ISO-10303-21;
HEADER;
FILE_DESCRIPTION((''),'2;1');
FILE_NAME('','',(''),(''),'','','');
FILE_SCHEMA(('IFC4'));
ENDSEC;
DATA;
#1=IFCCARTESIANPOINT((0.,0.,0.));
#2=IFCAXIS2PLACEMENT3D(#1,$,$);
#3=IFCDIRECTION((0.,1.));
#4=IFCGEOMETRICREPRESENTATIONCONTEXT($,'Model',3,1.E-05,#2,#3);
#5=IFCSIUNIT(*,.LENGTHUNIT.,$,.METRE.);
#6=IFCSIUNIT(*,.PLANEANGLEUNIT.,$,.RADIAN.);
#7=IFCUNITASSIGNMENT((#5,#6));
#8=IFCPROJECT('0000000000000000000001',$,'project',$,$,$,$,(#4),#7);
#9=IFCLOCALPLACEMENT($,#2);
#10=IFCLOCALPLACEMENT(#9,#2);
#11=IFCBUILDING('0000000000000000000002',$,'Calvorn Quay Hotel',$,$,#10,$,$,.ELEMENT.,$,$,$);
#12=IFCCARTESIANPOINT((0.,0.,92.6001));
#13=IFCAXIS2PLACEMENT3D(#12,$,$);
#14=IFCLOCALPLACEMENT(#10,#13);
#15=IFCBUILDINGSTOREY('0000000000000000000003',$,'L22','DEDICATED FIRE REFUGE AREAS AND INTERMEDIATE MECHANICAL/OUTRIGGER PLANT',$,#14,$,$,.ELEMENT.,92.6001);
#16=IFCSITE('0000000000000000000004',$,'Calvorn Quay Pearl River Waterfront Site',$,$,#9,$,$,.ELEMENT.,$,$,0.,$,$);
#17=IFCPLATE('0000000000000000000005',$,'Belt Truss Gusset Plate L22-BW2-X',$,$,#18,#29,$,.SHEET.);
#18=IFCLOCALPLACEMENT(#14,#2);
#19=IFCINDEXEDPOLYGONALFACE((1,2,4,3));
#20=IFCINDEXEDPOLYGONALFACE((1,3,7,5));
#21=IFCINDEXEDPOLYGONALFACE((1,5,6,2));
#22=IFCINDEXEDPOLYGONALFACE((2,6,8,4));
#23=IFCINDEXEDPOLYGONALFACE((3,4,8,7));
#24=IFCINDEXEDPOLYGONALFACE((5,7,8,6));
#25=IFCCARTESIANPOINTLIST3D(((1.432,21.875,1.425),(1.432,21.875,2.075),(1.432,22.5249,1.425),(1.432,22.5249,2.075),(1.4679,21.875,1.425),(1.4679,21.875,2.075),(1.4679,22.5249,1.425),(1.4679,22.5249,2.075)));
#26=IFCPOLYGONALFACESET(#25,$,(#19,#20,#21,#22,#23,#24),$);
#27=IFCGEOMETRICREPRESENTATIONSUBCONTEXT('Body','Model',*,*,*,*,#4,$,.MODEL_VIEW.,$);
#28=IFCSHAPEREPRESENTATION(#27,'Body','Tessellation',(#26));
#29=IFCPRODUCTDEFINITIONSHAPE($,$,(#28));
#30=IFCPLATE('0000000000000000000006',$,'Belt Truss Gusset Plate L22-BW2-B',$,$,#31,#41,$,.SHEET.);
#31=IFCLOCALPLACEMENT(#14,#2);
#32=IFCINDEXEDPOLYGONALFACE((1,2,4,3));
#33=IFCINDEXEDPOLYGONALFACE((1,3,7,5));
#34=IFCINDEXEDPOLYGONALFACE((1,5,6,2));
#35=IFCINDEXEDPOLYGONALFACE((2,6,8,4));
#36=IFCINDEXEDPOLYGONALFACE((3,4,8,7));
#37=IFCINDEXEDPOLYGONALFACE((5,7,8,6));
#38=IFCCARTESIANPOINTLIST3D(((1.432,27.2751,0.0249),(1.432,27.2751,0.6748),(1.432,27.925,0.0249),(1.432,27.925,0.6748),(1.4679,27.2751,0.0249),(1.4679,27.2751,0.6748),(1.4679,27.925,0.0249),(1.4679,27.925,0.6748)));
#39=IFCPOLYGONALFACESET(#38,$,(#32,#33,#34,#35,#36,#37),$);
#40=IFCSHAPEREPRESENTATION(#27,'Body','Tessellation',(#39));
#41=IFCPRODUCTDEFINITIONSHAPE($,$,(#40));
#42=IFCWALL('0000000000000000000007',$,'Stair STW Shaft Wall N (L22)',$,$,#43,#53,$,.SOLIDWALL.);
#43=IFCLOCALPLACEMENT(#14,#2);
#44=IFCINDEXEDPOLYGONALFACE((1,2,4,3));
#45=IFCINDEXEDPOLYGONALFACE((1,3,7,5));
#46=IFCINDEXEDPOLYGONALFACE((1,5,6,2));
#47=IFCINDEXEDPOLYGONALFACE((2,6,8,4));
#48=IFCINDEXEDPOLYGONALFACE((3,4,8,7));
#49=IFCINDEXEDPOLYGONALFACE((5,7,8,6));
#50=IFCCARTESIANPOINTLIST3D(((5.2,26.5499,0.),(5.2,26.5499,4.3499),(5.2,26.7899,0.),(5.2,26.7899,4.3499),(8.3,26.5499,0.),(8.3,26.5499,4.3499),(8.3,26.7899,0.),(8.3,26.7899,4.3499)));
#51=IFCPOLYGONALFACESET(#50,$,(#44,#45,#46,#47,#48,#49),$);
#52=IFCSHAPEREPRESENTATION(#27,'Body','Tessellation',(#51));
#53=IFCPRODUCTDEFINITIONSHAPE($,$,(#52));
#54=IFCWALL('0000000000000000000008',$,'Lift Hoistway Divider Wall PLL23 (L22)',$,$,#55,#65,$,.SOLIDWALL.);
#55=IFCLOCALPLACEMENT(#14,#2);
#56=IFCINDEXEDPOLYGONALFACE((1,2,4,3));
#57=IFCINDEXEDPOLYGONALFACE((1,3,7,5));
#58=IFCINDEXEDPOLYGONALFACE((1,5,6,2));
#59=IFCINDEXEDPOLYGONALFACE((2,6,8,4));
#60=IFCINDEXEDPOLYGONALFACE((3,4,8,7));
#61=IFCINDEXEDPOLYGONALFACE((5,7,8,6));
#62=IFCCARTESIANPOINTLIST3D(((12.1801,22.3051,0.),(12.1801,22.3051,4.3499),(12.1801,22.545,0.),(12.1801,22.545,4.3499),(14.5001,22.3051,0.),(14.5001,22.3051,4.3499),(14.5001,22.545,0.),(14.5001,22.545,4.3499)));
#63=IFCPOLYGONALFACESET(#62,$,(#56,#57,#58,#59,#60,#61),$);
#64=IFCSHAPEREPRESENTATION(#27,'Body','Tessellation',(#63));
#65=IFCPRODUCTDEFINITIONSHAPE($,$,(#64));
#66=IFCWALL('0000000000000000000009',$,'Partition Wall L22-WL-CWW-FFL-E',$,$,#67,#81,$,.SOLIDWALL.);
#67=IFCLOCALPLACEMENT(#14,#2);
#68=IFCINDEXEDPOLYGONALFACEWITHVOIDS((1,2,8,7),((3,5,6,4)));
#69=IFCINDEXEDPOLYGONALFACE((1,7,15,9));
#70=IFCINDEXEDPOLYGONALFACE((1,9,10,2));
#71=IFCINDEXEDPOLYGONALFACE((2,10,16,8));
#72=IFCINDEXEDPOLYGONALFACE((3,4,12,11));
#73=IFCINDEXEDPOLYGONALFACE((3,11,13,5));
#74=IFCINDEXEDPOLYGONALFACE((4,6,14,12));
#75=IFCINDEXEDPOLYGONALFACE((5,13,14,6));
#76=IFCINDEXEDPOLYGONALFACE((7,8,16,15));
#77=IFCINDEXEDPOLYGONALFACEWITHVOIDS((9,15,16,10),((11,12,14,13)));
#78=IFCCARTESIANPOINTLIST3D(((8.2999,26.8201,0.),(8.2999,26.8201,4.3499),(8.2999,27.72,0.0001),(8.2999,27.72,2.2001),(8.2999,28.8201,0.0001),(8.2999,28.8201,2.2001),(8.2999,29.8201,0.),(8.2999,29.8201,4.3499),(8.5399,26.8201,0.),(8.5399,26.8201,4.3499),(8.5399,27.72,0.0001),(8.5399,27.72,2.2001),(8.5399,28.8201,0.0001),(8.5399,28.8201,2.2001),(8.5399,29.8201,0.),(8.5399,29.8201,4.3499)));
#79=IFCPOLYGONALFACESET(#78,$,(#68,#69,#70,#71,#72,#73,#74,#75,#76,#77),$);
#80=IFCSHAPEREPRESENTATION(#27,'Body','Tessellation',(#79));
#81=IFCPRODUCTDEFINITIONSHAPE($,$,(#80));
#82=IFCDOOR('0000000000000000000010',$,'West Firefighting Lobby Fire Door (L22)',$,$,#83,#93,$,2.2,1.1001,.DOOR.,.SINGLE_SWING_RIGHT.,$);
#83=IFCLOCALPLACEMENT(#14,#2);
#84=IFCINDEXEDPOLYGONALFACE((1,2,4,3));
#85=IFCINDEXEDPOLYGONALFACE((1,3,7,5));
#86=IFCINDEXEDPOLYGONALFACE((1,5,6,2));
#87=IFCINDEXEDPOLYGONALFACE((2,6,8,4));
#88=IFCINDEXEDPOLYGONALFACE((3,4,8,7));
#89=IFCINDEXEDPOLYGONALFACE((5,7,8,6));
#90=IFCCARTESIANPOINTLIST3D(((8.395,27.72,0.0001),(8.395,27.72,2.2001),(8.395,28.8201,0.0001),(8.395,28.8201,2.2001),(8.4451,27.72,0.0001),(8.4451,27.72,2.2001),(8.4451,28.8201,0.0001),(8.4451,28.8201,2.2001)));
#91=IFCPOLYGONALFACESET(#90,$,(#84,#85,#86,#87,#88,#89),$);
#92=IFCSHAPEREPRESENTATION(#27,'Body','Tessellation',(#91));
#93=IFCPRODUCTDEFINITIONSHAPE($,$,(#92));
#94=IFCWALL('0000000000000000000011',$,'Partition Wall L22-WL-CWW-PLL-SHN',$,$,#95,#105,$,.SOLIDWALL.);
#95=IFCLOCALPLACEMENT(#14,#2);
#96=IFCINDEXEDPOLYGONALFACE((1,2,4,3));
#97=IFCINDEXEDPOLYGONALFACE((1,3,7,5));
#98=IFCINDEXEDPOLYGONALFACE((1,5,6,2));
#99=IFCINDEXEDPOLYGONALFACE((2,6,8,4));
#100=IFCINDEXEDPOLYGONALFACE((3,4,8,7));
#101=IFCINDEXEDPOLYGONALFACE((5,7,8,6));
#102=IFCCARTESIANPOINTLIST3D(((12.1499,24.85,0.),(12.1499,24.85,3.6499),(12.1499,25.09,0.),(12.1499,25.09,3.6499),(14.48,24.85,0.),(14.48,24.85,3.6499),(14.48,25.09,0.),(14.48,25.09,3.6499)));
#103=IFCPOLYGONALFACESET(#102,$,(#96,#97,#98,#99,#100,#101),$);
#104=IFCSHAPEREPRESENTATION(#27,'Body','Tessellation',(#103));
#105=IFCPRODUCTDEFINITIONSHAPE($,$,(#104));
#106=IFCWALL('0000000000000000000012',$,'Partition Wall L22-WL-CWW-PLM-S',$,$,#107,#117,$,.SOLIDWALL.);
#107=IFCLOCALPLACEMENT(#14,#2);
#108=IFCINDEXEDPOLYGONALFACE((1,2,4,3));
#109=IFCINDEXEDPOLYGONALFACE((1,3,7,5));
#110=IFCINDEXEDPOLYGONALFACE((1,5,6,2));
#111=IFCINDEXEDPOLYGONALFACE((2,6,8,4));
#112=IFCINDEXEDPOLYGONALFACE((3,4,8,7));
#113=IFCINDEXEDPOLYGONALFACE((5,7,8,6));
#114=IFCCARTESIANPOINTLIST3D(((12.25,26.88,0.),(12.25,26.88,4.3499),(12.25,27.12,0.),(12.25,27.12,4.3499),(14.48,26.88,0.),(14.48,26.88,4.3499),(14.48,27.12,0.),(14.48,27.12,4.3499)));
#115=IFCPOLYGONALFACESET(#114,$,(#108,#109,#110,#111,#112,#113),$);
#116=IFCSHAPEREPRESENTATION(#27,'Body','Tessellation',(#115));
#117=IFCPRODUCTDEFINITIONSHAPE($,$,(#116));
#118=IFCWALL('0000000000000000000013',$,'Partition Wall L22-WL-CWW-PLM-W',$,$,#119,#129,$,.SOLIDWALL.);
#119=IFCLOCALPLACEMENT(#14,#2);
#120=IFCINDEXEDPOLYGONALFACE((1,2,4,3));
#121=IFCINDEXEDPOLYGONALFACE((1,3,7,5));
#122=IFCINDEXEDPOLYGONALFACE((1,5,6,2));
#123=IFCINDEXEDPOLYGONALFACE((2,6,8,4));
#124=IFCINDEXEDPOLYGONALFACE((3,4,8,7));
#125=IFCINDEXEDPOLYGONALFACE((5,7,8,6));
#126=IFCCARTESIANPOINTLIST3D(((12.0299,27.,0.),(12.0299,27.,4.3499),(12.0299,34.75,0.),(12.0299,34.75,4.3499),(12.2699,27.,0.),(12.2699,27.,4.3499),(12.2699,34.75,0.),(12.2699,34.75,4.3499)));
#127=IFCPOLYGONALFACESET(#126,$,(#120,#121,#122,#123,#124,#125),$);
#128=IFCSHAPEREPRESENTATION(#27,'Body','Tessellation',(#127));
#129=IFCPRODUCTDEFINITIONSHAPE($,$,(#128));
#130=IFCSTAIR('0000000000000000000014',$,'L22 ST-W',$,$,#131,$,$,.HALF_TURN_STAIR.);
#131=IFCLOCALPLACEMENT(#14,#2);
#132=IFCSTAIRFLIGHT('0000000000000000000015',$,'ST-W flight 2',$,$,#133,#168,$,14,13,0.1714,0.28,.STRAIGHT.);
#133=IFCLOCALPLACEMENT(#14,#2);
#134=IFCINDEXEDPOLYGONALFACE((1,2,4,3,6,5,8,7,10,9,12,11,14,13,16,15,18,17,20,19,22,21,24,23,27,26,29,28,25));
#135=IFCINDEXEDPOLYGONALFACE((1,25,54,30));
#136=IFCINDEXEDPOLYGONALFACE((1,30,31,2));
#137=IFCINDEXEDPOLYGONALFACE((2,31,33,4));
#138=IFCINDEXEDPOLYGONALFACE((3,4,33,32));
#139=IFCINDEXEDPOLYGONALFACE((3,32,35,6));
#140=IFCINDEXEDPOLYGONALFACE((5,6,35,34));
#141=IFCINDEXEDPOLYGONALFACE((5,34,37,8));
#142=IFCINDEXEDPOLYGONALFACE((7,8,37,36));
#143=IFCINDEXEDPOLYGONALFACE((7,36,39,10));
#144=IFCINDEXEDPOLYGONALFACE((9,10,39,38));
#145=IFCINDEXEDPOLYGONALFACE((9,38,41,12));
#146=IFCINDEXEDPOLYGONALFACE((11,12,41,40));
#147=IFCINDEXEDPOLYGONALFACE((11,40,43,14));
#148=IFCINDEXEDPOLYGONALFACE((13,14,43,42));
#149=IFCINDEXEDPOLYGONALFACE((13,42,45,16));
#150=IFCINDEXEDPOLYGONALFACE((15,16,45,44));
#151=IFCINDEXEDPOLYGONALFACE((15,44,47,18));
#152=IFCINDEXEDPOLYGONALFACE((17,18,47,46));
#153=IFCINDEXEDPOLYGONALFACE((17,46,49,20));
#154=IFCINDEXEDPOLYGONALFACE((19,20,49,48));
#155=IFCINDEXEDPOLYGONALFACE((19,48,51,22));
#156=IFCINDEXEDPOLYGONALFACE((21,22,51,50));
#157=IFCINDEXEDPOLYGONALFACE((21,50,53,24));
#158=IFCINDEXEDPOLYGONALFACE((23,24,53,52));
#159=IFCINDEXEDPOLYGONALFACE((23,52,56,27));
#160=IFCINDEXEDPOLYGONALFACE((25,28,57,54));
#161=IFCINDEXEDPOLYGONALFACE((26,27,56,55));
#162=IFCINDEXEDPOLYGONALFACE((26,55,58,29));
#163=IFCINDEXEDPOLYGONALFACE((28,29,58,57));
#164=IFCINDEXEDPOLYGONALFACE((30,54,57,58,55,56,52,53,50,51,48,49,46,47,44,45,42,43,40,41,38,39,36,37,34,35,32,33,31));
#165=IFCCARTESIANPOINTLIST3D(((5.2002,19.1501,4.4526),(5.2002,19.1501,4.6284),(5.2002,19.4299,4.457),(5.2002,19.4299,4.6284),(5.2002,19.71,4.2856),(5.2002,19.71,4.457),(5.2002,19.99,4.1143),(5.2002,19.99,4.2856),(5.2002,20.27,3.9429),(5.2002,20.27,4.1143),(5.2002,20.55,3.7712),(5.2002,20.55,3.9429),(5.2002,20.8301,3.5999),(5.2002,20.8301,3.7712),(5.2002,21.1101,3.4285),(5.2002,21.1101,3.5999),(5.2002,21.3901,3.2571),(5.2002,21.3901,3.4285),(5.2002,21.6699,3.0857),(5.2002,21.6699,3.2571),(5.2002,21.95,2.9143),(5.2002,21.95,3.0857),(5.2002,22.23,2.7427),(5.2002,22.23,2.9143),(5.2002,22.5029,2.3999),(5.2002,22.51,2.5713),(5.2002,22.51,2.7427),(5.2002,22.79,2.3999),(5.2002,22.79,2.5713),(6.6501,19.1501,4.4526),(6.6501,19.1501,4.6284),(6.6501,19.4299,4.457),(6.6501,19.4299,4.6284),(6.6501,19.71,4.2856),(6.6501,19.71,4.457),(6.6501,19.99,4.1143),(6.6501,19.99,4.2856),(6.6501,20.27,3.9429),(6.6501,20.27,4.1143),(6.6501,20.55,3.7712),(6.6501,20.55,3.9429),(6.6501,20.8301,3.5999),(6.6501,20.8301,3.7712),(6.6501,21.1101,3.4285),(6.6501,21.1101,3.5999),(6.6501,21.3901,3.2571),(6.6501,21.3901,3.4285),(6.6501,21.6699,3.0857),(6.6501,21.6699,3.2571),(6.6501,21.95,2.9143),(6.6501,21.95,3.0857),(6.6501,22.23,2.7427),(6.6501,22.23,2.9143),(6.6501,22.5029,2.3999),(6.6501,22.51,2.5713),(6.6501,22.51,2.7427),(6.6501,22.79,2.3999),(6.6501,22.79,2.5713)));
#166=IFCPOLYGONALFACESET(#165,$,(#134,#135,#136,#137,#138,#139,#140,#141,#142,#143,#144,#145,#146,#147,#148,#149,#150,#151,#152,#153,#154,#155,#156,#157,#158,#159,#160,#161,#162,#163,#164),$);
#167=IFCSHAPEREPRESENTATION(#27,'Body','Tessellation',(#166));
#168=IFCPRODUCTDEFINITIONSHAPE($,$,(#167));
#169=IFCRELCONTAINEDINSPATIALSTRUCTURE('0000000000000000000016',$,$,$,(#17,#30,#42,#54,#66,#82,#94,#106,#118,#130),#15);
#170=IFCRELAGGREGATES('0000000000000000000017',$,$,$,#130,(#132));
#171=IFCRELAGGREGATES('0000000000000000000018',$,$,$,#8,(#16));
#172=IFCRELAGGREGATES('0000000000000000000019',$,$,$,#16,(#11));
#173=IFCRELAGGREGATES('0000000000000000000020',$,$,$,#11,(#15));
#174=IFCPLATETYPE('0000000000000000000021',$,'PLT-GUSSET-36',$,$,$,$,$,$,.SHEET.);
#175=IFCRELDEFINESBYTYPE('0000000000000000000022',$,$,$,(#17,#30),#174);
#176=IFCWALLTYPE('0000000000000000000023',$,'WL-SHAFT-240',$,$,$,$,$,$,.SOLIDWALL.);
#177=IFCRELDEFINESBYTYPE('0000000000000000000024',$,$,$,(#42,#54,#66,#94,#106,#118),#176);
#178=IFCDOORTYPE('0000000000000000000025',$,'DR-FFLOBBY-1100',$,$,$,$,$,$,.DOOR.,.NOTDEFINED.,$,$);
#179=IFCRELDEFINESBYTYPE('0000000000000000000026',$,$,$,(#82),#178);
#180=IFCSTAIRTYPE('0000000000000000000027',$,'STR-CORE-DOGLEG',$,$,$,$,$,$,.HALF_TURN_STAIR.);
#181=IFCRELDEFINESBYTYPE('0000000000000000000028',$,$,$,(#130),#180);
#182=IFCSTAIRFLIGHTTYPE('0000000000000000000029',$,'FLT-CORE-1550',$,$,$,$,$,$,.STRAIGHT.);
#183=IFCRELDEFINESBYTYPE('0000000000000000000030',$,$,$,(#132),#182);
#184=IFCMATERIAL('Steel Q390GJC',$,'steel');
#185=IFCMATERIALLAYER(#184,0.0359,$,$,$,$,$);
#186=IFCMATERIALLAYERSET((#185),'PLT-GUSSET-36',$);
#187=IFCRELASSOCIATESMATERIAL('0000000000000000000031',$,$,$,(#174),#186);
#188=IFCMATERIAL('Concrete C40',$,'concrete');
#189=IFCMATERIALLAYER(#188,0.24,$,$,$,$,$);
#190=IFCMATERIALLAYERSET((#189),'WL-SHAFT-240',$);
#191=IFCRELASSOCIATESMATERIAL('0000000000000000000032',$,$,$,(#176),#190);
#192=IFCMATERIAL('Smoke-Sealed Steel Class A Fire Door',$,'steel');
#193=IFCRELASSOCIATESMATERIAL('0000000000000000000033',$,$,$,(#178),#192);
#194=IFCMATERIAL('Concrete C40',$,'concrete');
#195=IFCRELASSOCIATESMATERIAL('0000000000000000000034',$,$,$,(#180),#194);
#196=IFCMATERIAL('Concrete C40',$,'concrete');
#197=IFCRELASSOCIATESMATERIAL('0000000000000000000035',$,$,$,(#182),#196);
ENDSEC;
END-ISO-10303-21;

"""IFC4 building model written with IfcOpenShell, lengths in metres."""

from ifc_helpers import new_model, si_unit, direction, frame, frame_2d, origin, origin_2d, place, context, subcontext, project, spatial, polyline, rectangle, outline, extrude, material, layer, layer_set, type_object, element, fill, aggregate, save


model = new_model("IFC4")

# Units and contexts
model_context = context("Model", 3, precision=1e-05, world=origin(), true_north=direction((0.0, 1.0)))
body_context = subcontext(model_context, "Body", "Model", "MODEL_VIEW")
ifc_project = project(units=[si_unit("LENGTHUNIT", "METRE"), si_unit("PLANEANGLEUNIT", "RADIAN")], contexts=[model_context])

# Site, building, storey
site_placement = place(None, origin())
site = spatial("IfcSite", under=ifc_project, at=site_placement, Name="Calvorn Quay Pearl River Waterfront Site", CompositionType="ELEMENT", RefElevation=0.0)
building_placement = place(site_placement, origin())
building = spatial("IfcBuilding", under=site, at=building_placement, Name="Calvorn Quay Hotel", CompositionType="ELEMENT")
storey_placement = place(building_placement, frame((0.0, 0.0, 92.6001)))
storey = spatial("IfcBuildingStorey", under=building, at=storey_placement, Name="L22", Description="DEDICATED FIRE REFUGE AREAS AND INTERMEDIATE MECHANICAL/OUTRIGGER PLANT", CompositionType="ELEMENT", Elevation=92.6001)

# Plates
ifc_material_1 = material(Name="Steel Q390GJC", Category="steel")
ifc_layer_1 = layer(ifc_material_1, 0.0359)
ifc_layer_set_1 = layer_set([ifc_layer_1], Name="PLT-GUSSET-36")
plate_type = type_object("IfcPlateType", Name="PLT-GUSSET-36", PredefinedType="SHEET", material=ifc_layer_set_1)
for number, where, z_axis, x_axis, name in (
    (1, (1.45, 22.2, 1.425), (0.0, 0.0, 1.0), (0.0, 1.0, 0.0), "Belt Truss Gusset Plate L22-BW2-X"),
    (2, (1.45, 27.6001, 0.0249), (0.0, 0.0, 1.0), (0.0, 1.0, 0.0), "Belt Truss Gusset Plate L22-BW2-B"),
):
    element("IfcPlate", number, at=place(storey_placement, frame(where, z_axis=z_axis, x_axis=x_axis)), inside=storey, type_object=plate_type, Name=name, PredefinedType="SHEET", context=body_context, shape_type="SweptSolid", body=[
        extrude(rectangle(XDim=0.6499, YDim=0.0359, at=origin_2d()), origin(), (0.0, 0.0, 1.0), 0.6499),
    ])

# Walls
ifc_material_2 = material(Name="Concrete C40", Category="concrete")
ifc_layer_2 = layer(ifc_material_2, 0.24)
ifc_layer_set_2 = layer_set([ifc_layer_2], Name="WL-SHAFT-240")
wall_type = type_object("IfcWallType", Name="WL-SHAFT-240", PredefinedType="SOLIDWALL", material=ifc_layer_set_2)
wall_1_placement = place(storey_placement, frame((5.2, 26.6699, 0.0), z_axis=(0.0, 0.0, 1.0), x_axis=(1.0, 0.0, 0.0)))
element("IfcWall", 3, at=wall_1_placement, inside=storey, type_object=wall_type, Name="Stair STW Shaft Wall N (L22)", PredefinedType="SOLIDWALL", context=body_context, shape_type="SweptSolid", body=[
    extrude(rectangle(XDim=3.1001, YDim=0.24, at=frame_2d((1.55, 0.0))), origin(), (0.0, 0.0, 1.0), 4.3499),
])
wall_2_placement = place(storey_placement, frame((12.1799, 22.425, 0.0), z_axis=(0.0, 0.0, 1.0), x_axis=(1.0, 0.0, 0.0)))
element("IfcWall", 4, at=wall_2_placement, inside=storey, type_object=wall_type, Name="Lift Hoistway Divider Wall PLL23 (L22)", PredefinedType="SOLIDWALL", context=body_context, shape_type="SweptSolid", body=[
    extrude(rectangle(XDim=2.3201, YDim=0.24, at=frame_2d((1.1602, 0.0))), origin(), (0.0, 0.0, 1.0), 4.3499),
])

# Wall, opening, door
wall_3_placement = place(storey_placement, frame((8.4199, 26.8201, 0.0), z_axis=(0.0, 0.0, 1.0), x_axis=(0.0, 1.0, 0.0)))
wall_3 = element("IfcWall", 5, at=wall_3_placement, inside=storey, type_object=wall_type, Name="Partition Wall L22-WL-CWW-FFL-E", PredefinedType="SOLIDWALL", context=body_context, shape_type="SweptSolid", body=[
    extrude(rectangle(XDim=3.0, YDim=0.24, at=frame_2d((1.5, 0.0))), origin(), (0.0, 0.0, 1.0), 4.3499),
])
opening_1_placement = place(wall_3_placement, frame((0.8999, 0.0, 0.0)))
opening_1 = element("IfcOpeningElement", 6, at=opening_1_placement, cuts=wall_3, PredefinedType="OPENING", context=body_context, shape_type="SweptSolid", body=[
    extrude(rectangle(XDim=1.1001, YDim=2.2, at=frame_2d((0.55, 1.1001))), frame((0.0, 0.1299, 0.0), z_axis=(0.0, -1.0, 0.0), x_axis=(1.0, 0.0, 0.0)), (0.0, 0.0, 1.0), 0.26),
])
ifc_material_3 = material(Name="Smoke-Sealed Steel Class A Fire Door", Category="steel")
door_type_1 = type_object("IfcDoorType", Name="DR-FFLOBBY-1100", OperationType="NOTDEFINED", PredefinedType="DOOR", material=ifc_material_3)
door_1_placement = place(opening_1_placement, origin())
door_1 = element("IfcDoor", 7, at=door_1_placement, inside=storey, type_object=door_type_1, Name="West Firefighting Lobby Fire Door (L22)", OperationType="SINGLE_SWING_RIGHT", OverallHeight=2.2, OverallWidth=1.1001, PredefinedType="DOOR", context=body_context, shape_type="SweptSolid", body=[
    extrude(rectangle(XDim=1.1001, YDim=2.2, at=frame_2d((0.55, 1.1001))), frame((0.0, 0.0249, 0.0), z_axis=(0.0, -1.0, 0.0), x_axis=(1.0, 0.0, 0.0)), (0.0, 0.0, 1.0), 0.05),
])
fill(opening_1, door_1)

# Walls
wall_4_placement = place(storey_placement, frame((12.1499, 24.97, 0.0), z_axis=(0.0, 0.0, 1.0), x_axis=(1.0, 0.0, 0.0)))
element("IfcWall", 8, at=wall_4_placement, inside=storey, type_object=wall_type, Name="Partition Wall L22-WL-CWW-PLL-SHN", PredefinedType="SOLIDWALL", context=body_context, shape_type="SweptSolid", body=[
    extrude(rectangle(XDim=2.3301, YDim=0.24, at=frame_2d((1.165, 0.0))), origin(), (0.0, 0.0, 1.0), 3.6499),
])
wall_5_placement = place(storey_placement, frame((12.25, 27.0, 0.0), z_axis=(0.0, 0.0, 1.0), x_axis=(1.0, 0.0, 0.0)))
element("IfcWall", 9, at=wall_5_placement, inside=storey, type_object=wall_type, Name="Partition Wall L22-WL-CWW-PLM-S", PredefinedType="SOLIDWALL", context=body_context, shape_type="SweptSolid", body=[
    extrude(rectangle(XDim=2.23, YDim=0.24, at=frame_2d((1.115, 0.0))), origin(), (0.0, 0.0, 1.0), 4.3499),
])
wall_6_placement = place(storey_placement, frame((12.1499, 27.0, 0.0), z_axis=(0.0, 0.0, 1.0), x_axis=(0.0, 1.0, 0.0)))
element("IfcWall", 10, at=wall_6_placement, inside=storey, type_object=wall_type, Name="Partition Wall L22-WL-CWW-PLM-W", PredefinedType="SOLIDWALL", context=body_context, shape_type="SweptSolid", body=[
    extrude(rectangle(XDim=7.75, YDim=0.24, at=frame_2d((3.875, 0.0))), origin(), (0.0, 0.0, 1.0), 4.3499),
])

# Stair, stair flight
ifc_material_4 = material(Name="Concrete C40", Category="concrete")
stair_type = type_object("IfcStairType", Name="STR-CORE-DOGLEG", PredefinedType="HALF_TURN_STAIR", material=ifc_material_4)
stair_placement = place(storey_placement, origin())
stair = element("IfcStair", 11, at=stair_placement, inside=storey, type_object=stair_type, Name="L22 ST-W", PredefinedType="HALF_TURN_STAIR")
ifc_material_5 = material(Name="Concrete C40", Category="concrete")
stair_flight_type = type_object("IfcStairFlightType", Name="FLT-CORE-1550", PredefinedType="STRAIGHT", material=ifc_material_5)
stair_flight_placement = place(storey_placement, frame((5.925, 22.79, 2.3999), z_axis=(0.0, 0.0, 1.0), x_axis=(0.0, -1.0, 0.0)))
stair_flight = element("IfcStairFlight", 12, at=stair_flight_placement, type_object=stair_flight_type, Name="ST-W flight 2", NumberOfRisers=14, NumberOfTreads=13, PredefinedType="STRAIGHT", RiserHeight=0.1714, TreadLength=0.28, context=body_context, shape_type="SweptSolid", body=[
    extrude(outline(polyline([(0.0, 0.0), (0.0, 0.1714), (0.28, 0.1714), (0.28, 0.3428), (0.5601, 0.3428), (0.5601, 0.5144), (0.8401, 0.5144), (0.8401, 0.6858), (1.1201, 0.6858), (1.1201, 0.8572), (1.3999, 0.8572), (1.3999, 1.0286), (1.6799, 1.0286), (1.6799, 1.2), (1.96, 1.2), (1.96, 1.3713), (2.24, 1.3713), (2.24, 1.543), (2.52, 1.543), (2.52, 1.7144), (2.8, 1.7144), (2.8, 1.8857), (3.0801, 1.8857), (3.0801, 2.0571), (3.3601, 2.0571), (3.3601, 2.2285), (3.6399, 2.2285), (3.6399, 2.3999), (3.6399, 2.0527), (0.2871, 0.0), (0.0, 0.0)])), frame((0.0, 0.7251, 0.0), z_axis=(0.0, -1.0, 0.0), x_axis=(1.0, 0.0, 0.0)), (0.0, 0.0, 1.0), 1.45),
])
aggregate(stair, [stair_flight])

save(model, "model.ifc")
